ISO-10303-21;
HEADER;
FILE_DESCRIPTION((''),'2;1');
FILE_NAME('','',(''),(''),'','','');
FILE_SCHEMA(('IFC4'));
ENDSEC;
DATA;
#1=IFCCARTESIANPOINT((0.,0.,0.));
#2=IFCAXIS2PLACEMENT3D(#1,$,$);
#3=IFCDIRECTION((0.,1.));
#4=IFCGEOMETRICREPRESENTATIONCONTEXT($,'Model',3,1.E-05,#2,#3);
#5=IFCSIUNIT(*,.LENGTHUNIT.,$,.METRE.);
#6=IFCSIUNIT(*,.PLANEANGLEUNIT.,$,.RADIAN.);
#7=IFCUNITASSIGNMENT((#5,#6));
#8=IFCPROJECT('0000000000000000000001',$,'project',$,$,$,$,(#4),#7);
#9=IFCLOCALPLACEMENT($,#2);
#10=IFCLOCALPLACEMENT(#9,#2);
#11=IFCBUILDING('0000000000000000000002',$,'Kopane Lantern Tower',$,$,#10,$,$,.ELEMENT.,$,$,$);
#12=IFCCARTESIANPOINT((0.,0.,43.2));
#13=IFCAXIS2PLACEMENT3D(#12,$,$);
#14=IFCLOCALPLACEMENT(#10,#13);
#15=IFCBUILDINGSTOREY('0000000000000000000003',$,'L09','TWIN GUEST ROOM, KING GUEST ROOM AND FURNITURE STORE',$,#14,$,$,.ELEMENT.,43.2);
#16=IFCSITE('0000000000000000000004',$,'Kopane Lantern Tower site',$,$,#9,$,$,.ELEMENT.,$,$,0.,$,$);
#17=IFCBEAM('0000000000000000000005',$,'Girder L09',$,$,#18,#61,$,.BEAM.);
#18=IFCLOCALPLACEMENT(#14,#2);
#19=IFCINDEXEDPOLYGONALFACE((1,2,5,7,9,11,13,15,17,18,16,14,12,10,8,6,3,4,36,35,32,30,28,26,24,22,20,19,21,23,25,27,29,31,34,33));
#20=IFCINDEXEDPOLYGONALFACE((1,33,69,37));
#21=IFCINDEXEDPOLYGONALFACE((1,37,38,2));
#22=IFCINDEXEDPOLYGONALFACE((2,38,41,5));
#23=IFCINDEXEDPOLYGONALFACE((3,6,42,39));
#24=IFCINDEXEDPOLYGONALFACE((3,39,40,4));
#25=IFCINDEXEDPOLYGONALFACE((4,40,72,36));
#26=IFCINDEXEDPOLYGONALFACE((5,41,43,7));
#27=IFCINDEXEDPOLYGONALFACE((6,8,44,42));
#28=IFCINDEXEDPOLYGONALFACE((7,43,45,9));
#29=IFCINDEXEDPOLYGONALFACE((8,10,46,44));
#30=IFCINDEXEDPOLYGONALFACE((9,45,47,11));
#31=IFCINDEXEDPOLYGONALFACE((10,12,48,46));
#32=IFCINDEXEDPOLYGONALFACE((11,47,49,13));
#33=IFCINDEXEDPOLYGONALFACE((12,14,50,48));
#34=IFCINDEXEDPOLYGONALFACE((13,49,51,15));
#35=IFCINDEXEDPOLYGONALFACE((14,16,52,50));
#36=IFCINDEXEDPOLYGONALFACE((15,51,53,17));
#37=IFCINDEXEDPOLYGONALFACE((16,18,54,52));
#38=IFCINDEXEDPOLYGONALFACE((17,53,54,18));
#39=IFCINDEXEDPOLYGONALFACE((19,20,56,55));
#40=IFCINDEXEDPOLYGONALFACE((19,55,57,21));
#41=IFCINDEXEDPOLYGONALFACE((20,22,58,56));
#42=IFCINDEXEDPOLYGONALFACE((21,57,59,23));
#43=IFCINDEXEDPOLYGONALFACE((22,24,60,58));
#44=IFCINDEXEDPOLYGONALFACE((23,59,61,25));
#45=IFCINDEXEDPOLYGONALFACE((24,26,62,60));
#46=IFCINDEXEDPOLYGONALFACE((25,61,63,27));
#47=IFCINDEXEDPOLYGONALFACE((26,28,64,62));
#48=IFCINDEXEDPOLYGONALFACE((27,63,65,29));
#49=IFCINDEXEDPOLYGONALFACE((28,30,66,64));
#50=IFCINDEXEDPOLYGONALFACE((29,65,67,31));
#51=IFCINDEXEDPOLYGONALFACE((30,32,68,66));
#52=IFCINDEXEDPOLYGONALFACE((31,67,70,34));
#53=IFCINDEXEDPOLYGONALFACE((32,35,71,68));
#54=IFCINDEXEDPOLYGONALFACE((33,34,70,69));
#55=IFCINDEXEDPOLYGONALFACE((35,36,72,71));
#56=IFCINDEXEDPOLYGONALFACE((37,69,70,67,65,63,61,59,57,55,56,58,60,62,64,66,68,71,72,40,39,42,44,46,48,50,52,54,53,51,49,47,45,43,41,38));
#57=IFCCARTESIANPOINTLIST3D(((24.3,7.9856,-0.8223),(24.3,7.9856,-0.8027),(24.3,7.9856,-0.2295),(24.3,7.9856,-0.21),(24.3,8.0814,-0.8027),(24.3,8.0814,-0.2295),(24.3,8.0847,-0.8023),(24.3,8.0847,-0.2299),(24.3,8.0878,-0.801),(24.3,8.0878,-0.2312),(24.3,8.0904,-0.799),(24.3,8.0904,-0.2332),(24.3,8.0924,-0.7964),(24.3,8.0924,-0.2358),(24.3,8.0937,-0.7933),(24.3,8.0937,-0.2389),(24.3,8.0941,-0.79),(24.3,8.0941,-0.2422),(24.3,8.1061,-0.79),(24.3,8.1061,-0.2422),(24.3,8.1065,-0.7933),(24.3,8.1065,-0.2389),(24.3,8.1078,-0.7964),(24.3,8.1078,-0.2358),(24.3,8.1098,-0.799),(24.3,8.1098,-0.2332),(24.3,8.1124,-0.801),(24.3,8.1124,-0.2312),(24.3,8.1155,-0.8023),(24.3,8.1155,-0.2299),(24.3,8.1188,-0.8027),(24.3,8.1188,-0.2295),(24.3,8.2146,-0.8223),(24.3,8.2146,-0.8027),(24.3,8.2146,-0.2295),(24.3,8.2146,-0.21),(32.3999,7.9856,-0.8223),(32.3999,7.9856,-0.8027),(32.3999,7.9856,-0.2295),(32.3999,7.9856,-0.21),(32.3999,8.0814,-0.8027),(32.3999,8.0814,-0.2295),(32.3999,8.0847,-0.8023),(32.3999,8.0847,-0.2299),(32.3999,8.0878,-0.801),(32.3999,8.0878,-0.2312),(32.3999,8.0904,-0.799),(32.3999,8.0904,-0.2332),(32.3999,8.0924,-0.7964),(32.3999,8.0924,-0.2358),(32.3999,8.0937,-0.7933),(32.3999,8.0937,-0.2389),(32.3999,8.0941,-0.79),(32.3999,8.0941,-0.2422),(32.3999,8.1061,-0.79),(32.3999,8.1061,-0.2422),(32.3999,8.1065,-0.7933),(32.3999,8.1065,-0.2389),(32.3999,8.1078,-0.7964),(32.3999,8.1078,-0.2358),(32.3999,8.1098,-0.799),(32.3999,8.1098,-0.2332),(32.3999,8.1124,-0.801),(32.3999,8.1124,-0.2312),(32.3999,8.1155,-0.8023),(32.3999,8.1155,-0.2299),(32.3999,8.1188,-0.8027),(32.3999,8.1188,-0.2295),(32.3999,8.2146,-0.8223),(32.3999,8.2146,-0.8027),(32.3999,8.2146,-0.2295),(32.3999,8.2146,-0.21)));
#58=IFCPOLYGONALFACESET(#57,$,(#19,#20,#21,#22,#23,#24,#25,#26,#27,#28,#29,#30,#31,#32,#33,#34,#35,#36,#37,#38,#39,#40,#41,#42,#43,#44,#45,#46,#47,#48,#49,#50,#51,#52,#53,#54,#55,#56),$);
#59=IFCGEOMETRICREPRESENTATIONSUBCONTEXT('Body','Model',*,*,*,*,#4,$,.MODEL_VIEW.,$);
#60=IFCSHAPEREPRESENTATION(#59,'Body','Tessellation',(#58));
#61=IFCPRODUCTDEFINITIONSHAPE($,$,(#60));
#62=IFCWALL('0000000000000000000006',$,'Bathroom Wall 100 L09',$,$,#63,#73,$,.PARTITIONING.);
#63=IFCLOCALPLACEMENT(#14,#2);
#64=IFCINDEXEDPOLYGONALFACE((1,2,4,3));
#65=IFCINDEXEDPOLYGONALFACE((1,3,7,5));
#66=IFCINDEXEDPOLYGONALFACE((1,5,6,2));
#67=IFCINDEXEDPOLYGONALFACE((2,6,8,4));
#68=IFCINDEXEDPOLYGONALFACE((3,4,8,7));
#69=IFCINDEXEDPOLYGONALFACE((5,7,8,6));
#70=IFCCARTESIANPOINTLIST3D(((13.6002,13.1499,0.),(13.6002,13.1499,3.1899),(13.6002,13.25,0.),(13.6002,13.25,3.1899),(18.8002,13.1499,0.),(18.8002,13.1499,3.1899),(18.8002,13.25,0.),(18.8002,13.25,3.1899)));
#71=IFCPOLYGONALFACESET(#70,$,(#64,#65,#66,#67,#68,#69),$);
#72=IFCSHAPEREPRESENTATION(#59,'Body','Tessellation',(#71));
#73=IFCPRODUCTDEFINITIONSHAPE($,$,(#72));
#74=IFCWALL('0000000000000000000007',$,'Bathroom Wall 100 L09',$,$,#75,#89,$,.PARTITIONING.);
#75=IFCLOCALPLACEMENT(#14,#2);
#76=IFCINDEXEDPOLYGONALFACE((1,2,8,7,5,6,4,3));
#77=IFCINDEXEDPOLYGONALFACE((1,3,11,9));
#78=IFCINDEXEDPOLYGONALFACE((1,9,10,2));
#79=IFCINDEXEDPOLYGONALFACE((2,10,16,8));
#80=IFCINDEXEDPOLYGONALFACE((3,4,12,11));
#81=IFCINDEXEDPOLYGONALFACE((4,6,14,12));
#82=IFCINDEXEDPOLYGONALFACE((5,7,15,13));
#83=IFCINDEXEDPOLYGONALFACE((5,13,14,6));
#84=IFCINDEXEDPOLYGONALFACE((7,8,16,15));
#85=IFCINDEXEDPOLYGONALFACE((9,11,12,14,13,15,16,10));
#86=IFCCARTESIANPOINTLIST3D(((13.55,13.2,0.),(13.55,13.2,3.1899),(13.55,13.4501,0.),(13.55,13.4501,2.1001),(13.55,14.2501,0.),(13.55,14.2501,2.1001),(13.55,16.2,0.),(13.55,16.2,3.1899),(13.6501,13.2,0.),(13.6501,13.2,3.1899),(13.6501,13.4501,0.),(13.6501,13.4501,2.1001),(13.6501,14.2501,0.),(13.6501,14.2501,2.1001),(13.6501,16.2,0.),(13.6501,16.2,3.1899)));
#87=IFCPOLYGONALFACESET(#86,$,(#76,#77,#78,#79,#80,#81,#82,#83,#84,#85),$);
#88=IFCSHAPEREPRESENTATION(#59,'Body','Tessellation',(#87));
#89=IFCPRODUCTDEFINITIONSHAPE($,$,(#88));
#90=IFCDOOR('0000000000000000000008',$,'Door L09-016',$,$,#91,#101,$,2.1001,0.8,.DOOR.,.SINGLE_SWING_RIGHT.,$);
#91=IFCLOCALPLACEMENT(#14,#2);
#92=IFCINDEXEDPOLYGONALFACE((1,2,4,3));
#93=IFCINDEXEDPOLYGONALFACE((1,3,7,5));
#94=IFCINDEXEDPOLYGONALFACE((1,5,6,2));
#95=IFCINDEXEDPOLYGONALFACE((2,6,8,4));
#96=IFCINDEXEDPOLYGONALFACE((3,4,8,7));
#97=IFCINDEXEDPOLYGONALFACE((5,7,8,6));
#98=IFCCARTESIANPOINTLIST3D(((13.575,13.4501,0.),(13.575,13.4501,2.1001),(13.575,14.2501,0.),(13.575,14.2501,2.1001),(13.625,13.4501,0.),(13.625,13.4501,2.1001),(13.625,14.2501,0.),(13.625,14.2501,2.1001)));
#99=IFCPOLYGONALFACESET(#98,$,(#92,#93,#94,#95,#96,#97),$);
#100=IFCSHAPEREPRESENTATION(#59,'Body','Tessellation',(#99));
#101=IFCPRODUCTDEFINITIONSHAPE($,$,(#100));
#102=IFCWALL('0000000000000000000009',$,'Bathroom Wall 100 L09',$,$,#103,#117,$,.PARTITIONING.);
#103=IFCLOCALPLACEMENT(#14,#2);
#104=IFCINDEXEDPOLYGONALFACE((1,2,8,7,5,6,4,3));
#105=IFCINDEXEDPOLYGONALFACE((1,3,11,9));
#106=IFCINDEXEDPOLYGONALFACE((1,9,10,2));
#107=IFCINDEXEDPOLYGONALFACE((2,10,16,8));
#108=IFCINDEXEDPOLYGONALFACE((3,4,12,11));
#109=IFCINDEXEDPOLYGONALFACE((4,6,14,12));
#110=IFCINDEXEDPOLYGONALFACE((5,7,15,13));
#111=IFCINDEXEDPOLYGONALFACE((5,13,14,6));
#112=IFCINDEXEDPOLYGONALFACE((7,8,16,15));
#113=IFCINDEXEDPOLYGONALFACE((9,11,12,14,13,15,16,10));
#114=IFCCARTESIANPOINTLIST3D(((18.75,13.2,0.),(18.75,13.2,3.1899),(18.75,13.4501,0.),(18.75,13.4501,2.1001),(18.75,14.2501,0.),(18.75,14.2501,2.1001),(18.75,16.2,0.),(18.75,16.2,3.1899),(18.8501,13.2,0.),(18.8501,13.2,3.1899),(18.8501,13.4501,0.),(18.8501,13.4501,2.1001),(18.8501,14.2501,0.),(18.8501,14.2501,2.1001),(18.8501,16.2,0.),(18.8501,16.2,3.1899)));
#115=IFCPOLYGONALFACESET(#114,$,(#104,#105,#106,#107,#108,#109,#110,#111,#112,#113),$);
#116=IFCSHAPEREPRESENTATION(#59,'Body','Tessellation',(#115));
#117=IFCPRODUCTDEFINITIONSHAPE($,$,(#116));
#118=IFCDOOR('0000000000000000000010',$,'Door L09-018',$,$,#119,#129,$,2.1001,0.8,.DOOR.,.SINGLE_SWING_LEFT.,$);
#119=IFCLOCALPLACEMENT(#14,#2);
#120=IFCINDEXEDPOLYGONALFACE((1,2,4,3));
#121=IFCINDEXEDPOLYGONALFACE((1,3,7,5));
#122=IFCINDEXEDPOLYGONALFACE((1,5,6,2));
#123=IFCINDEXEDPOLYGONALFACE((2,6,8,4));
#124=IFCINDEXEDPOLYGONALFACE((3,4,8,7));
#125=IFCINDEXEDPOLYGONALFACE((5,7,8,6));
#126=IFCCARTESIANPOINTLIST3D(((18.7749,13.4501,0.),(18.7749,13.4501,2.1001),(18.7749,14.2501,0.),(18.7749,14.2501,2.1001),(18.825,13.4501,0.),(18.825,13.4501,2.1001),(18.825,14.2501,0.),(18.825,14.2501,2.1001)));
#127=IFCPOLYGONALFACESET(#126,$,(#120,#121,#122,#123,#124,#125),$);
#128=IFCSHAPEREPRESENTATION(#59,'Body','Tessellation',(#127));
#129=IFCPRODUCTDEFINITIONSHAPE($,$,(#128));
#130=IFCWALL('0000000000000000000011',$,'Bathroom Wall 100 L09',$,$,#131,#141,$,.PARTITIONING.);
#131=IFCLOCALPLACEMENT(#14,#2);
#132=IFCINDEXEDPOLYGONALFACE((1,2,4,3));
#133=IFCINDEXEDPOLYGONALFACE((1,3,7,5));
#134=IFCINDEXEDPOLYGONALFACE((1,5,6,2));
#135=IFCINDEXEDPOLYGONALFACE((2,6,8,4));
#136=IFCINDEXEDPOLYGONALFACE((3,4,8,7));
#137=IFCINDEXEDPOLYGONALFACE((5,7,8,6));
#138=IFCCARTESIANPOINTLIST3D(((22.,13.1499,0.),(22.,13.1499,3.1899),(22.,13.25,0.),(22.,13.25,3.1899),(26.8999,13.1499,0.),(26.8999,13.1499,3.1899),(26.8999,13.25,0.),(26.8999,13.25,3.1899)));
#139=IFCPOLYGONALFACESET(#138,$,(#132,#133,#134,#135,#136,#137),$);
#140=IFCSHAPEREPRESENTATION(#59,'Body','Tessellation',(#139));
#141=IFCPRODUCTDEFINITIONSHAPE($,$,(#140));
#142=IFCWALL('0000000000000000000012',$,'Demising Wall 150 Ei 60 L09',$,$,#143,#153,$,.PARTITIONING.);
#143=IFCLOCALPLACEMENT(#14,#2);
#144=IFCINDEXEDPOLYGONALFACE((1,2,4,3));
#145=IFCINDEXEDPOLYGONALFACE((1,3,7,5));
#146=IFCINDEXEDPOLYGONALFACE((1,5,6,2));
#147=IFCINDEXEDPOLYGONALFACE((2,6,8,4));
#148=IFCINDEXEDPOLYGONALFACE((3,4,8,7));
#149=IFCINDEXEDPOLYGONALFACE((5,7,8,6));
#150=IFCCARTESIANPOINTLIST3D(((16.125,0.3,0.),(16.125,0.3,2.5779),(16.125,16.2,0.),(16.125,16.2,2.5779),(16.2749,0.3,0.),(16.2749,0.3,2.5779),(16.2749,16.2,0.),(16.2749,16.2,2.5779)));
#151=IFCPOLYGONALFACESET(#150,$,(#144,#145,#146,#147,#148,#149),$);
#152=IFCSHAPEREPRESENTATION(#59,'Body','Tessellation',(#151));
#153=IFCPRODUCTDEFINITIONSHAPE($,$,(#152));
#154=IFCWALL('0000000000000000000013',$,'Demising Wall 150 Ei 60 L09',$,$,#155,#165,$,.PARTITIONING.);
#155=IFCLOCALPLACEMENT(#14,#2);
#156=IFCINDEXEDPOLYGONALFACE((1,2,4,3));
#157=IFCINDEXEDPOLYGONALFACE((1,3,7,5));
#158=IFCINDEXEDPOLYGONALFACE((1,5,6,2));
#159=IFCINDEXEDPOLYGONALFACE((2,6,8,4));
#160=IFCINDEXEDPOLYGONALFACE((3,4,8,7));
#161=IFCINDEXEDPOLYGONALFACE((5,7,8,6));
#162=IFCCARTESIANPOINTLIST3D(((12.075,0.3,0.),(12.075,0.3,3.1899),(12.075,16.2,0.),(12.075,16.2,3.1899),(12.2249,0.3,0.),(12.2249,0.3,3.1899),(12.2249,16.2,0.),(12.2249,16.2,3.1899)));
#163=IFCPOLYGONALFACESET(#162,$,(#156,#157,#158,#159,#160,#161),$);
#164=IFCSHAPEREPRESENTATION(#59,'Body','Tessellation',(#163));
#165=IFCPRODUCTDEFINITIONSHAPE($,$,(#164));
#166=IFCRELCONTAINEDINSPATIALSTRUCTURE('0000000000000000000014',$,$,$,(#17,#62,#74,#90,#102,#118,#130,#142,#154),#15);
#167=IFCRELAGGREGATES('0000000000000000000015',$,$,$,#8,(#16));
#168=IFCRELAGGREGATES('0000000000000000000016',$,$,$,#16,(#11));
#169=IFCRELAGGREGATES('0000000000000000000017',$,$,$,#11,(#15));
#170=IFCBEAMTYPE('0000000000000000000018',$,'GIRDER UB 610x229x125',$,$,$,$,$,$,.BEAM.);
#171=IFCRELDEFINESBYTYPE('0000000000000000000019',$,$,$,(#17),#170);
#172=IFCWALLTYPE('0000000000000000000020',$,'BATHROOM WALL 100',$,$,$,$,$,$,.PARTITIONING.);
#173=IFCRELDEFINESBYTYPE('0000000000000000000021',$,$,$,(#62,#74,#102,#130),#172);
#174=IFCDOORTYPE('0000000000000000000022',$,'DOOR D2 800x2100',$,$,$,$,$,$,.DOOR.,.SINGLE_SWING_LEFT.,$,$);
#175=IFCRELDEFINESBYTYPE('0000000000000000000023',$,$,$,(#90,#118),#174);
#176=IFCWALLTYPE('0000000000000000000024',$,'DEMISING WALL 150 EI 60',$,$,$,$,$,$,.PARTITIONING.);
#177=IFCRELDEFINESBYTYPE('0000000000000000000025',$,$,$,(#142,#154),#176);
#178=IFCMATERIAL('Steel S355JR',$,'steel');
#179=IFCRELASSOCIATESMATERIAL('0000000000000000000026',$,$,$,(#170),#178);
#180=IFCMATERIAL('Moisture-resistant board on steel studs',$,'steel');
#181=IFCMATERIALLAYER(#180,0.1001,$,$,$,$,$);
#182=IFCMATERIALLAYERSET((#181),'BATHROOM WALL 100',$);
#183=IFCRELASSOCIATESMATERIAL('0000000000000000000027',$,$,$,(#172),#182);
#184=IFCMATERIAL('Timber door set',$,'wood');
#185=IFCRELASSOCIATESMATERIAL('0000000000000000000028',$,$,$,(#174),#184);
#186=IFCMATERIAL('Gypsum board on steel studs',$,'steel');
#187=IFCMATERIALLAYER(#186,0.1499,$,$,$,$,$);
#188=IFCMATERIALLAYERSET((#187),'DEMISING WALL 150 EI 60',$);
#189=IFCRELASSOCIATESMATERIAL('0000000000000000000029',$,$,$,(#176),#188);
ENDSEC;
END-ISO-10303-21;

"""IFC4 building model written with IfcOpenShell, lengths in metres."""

from ifc_helpers import new_model, si_unit, direction, frame, frame_2d, origin, origin_2d, place, context, subcontext, project, spatial, rectangle, i_section, extrude, material, layer, layer_set, material_profile, profile_set, type_object, element, fill, save


model = new_model("IFC4")

# Units and contexts
model_context = context("Model", 3, precision=1e-05, world=origin(), true_north=direction((0.0, 1.0)))
body_context = subcontext(model_context, "Body", "Model", "MODEL_VIEW")
ifc_project = project(units=[si_unit("LENGTHUNIT", "METRE"), si_unit("PLANEANGLEUNIT", "RADIAN")], contexts=[model_context])

# Site, building, storey
site_placement = place(None, origin())
site = spatial("IfcSite", under=ifc_project, at=site_placement, Name="Kopane Lantern Tower site", CompositionType="ELEMENT", RefElevation=0.0)
building_placement = place(site_placement, origin())
building = spatial("IfcBuilding", under=site, at=building_placement, Name="Kopane Lantern Tower", CompositionType="ELEMENT")
storey_placement = place(building_placement, frame((0.0, 0.0, 43.2)))
storey = spatial("IfcBuildingStorey", under=building, at=storey_placement, Name="L09", Description="TWIN GUEST ROOM, KING GUEST ROOM AND FURNITURE STORE", CompositionType="ELEMENT", Elevation=43.2)

# Beam
ifc_material_1 = material(Name="Steel S355JR", Category="steel")
ifc_material_profile_1 = material_profile(ifc_material_1, i_section(OverallWidth=0.229, OverallDepth=0.6123, WebThickness=0.012, FlangeThickness=0.0195, FilletRadius=0.0127, at=origin_2d()), Name="UB 610x229x125")
ifc_profile_set_1 = profile_set([ifc_material_profile_1], Name="Steel S355JR")
beam_type = type_object("IfcBeamType", Name="GIRDER UB 610x229x125", PredefinedType="BEAM", material=ifc_profile_set_1)
for number, where, z_axis, x_axis, name in (
    (1, (24.3, 8.1001, -0.5161), (1.0, 0.0, 0.0), (0.0, 1.0, 0.0), "Girder L09"),
):
    element("IfcBeam", number, at=place(storey_placement, frame(where, z_axis=z_axis, x_axis=x_axis)), inside=storey, type_object=beam_type, Name=name, PredefinedType="BEAM", context=body_context, shape_type="SweptSolid", body=[
        extrude(i_section(OverallWidth=0.229, OverallDepth=0.6123, WebThickness=0.012, FlangeThickness=0.0195, FilletRadius=0.0127, at=origin_2d()), origin(), (0.0, 0.0, 1.0), 8.0999),
    ])

# Wall
ifc_material_2 = material(Name="Moisture-resistant board on steel studs", Category="steel")
ifc_layer_1 = layer(ifc_material_2, 0.1001)
ifc_layer_set_1 = layer_set([ifc_layer_1], Name="BATHROOM WALL 100")
wall_type_1 = type_object("IfcWallType", Name="BATHROOM WALL 100", PredefinedType="PARTITIONING", material=ifc_layer_set_1)
wall_1_placement = place(storey_placement, frame((13.6001, 13.2, 0.0), z_axis=(0.0, 0.0, 1.0), x_axis=(1.0, 0.0, 0.0)))
element("IfcWall", 2, at=wall_1_placement, inside=storey, type_object=wall_type_1, Name="Bathroom Wall 100 L09", PredefinedType="PARTITIONING", context=body_context, shape_type="SweptSolid", body=[
    extrude(rectangle(XDim=5.2, YDim=0.1001, at=frame_2d((2.6001, 0.0))), origin(), (0.0, 0.0, 1.0), 3.1899),
])

# Walls, openings, doors
wall_2_placement = place(storey_placement, frame((13.6001, 16.2, 0.0), z_axis=(0.0, 0.0, 1.0), x_axis=(0.0, -1.0, 0.0)))
wall_2 = element("IfcWall", 3, at=wall_2_placement, inside=storey, type_object=wall_type_1, Name="Bathroom Wall 100 L09", PredefinedType="PARTITIONING", context=body_context, shape_type="SweptSolid", body=[
    extrude(rectangle(XDim=3.0, YDim=0.1001, at=frame_2d((1.5, 0.0))), origin(), (0.0, 0.0, 1.0), 3.1899),
])
opening_1_placement = place(wall_2_placement, frame((1.95, 0.0, 0.0)))
opening_1 = element("IfcOpeningElement", 4, at=opening_1_placement, cuts=wall_2, PredefinedType="OPENING", context=body_context, shape_type="SweptSolid", body=[
    extrude(rectangle(XDim=0.8, YDim=2.1001, at=frame_2d((0.3999, 1.05))), frame((0.0, 0.0601, 0.0), z_axis=(0.0, -1.0, 0.0), x_axis=(1.0, 0.0, 0.0)), (0.0, 0.0, 1.0), 0.1201),
])
ifc_material_3 = material(Name="Timber door set", Category="wood")
door_type = type_object("IfcDoorType", Name="DOOR D2 800x2100", OperationType="SINGLE_SWING_LEFT", PredefinedType="DOOR", material=ifc_material_3)
door_1_placement = place(opening_1_placement, origin())
door_1 = element("IfcDoor", 5, at=door_1_placement, inside=storey, type_object=door_type, Name="Door L09-016", OperationType="SINGLE_SWING_RIGHT", OverallHeight=2.1001, OverallWidth=0.8, PredefinedType="DOOR", context=body_context, shape_type="SweptSolid", body=[
    extrude(rectangle(XDim=0.8, YDim=2.1001, at=frame_2d((0.3999, 1.05))), frame((0.0, 0.0249, 0.0), z_axis=(0.0, -1.0, 0.0), x_axis=(1.0, 0.0, 0.0)), (0.0, 0.0, 1.0), 0.05),
])
fill(opening_1, door_1)
wall_3_placement = place(storey_placement, frame((18.8, 16.2, 0.0), z_axis=(0.0, 0.0, 1.0), x_axis=(0.0, -1.0, 0.0)))
wall_3 = element("IfcWall", 6, at=wall_3_placement, inside=storey, type_object=wall_type_1, Name="Bathroom Wall 100 L09", PredefinedType="PARTITIONING", context=body_context, shape_type="SweptSolid", body=[
    extrude(rectangle(XDim=3.0, YDim=0.1001, at=frame_2d((1.5, 0.0))), origin(), (0.0, 0.0, 1.0), 3.1899),
])
opening_2_placement = place(wall_3_placement, frame((1.95, 0.0, 0.0)))
opening_2 = element("IfcOpeningElement", 7, at=opening_2_placement, cuts=wall_3, PredefinedType="OPENING", context=body_context, shape_type="SweptSolid", body=[
    extrude(rectangle(XDim=0.8, YDim=2.1001, at=frame_2d((0.3999, 1.05))), frame((0.0, 0.0601, 0.0), z_axis=(0.0, -1.0, 0.0), x_axis=(1.0, 0.0, 0.0)), (0.0, 0.0, 1.0), 0.1201),
])
door_2_placement = place(opening_2_placement, origin())
door_2 = element("IfcDoor", 8, at=door_2_placement, inside=storey, type_object=door_type, Name="Door L09-018", OperationType="SINGLE_SWING_LEFT", OverallHeight=2.1001, OverallWidth=0.8, PredefinedType="DOOR", context=body_context, shape_type="SweptSolid", body=[
    extrude(rectangle(XDim=0.8, YDim=2.1001, at=frame_2d((0.3999, 1.05))), frame((0.0, 0.0249, 0.0), z_axis=(0.0, -1.0, 0.0), x_axis=(1.0, 0.0, 0.0)), (0.0, 0.0, 1.0), 0.05),
])
fill(opening_2, door_2)

# Walls
wall_4_placement = place(storey_placement, frame((22.0, 13.2, 0.0), z_axis=(0.0, 0.0, 1.0), x_axis=(1.0, 0.0, 0.0)))
element("IfcWall", 9, at=wall_4_placement, inside=storey, type_object=wall_type_1, Name="Bathroom Wall 100 L09", PredefinedType="PARTITIONING", context=body_context, shape_type="SweptSolid", body=[
    extrude(rectangle(XDim=4.8999, YDim=0.1001, at=frame_2d((2.45, 0.0))), origin(), (0.0, 0.0, 1.0), 3.1899),
])
ifc_material_4 = material(Name="Gypsum board on steel studs", Category="steel")
ifc_layer_2 = layer(ifc_material_4, 0.1499)
ifc_layer_set_2 = layer_set([ifc_layer_2], Name="DEMISING WALL 150 EI 60")
wall_type_2 = type_object("IfcWallType", Name="DEMISING WALL 150 EI 60", PredefinedType="PARTITIONING", material=ifc_layer_set_2)
wall_5_placement = place(storey_placement, frame((16.2, 16.2, 0.0), z_axis=(0.0, 0.0, 1.0), x_axis=(0.0, -1.0, 0.0)))
element("IfcWall", 10, at=wall_5_placement, inside=storey, type_object=wall_type_2, Name="Demising Wall 150 Ei 60 L09", PredefinedType="PARTITIONING", context=body_context, shape_type="SweptSolid", body=[
    extrude(rectangle(XDim=15.8999, YDim=0.1499, at=frame_2d((7.95, 0.0))), origin(), (0.0, 0.0, 1.0), 2.5779),
])
wall_6_placement = place(storey_placement, frame((12.1499, 16.2, 0.0), z_axis=(0.0, 0.0, 1.0), x_axis=(0.0, -1.0, 0.0)))
element("IfcWall", 11, at=wall_6_placement, inside=storey, type_object=wall_type_2, Name="Demising Wall 150 Ei 60 L09", PredefinedType="PARTITIONING", context=body_context, shape_type="SweptSolid", body=[
    extrude(rectangle(XDim=15.8999, YDim=0.1499, at=frame_2d((7.95, 0.0))), origin(), (0.0, 0.0, 1.0), 3.1899),
])

save(model, "model.ifc")
